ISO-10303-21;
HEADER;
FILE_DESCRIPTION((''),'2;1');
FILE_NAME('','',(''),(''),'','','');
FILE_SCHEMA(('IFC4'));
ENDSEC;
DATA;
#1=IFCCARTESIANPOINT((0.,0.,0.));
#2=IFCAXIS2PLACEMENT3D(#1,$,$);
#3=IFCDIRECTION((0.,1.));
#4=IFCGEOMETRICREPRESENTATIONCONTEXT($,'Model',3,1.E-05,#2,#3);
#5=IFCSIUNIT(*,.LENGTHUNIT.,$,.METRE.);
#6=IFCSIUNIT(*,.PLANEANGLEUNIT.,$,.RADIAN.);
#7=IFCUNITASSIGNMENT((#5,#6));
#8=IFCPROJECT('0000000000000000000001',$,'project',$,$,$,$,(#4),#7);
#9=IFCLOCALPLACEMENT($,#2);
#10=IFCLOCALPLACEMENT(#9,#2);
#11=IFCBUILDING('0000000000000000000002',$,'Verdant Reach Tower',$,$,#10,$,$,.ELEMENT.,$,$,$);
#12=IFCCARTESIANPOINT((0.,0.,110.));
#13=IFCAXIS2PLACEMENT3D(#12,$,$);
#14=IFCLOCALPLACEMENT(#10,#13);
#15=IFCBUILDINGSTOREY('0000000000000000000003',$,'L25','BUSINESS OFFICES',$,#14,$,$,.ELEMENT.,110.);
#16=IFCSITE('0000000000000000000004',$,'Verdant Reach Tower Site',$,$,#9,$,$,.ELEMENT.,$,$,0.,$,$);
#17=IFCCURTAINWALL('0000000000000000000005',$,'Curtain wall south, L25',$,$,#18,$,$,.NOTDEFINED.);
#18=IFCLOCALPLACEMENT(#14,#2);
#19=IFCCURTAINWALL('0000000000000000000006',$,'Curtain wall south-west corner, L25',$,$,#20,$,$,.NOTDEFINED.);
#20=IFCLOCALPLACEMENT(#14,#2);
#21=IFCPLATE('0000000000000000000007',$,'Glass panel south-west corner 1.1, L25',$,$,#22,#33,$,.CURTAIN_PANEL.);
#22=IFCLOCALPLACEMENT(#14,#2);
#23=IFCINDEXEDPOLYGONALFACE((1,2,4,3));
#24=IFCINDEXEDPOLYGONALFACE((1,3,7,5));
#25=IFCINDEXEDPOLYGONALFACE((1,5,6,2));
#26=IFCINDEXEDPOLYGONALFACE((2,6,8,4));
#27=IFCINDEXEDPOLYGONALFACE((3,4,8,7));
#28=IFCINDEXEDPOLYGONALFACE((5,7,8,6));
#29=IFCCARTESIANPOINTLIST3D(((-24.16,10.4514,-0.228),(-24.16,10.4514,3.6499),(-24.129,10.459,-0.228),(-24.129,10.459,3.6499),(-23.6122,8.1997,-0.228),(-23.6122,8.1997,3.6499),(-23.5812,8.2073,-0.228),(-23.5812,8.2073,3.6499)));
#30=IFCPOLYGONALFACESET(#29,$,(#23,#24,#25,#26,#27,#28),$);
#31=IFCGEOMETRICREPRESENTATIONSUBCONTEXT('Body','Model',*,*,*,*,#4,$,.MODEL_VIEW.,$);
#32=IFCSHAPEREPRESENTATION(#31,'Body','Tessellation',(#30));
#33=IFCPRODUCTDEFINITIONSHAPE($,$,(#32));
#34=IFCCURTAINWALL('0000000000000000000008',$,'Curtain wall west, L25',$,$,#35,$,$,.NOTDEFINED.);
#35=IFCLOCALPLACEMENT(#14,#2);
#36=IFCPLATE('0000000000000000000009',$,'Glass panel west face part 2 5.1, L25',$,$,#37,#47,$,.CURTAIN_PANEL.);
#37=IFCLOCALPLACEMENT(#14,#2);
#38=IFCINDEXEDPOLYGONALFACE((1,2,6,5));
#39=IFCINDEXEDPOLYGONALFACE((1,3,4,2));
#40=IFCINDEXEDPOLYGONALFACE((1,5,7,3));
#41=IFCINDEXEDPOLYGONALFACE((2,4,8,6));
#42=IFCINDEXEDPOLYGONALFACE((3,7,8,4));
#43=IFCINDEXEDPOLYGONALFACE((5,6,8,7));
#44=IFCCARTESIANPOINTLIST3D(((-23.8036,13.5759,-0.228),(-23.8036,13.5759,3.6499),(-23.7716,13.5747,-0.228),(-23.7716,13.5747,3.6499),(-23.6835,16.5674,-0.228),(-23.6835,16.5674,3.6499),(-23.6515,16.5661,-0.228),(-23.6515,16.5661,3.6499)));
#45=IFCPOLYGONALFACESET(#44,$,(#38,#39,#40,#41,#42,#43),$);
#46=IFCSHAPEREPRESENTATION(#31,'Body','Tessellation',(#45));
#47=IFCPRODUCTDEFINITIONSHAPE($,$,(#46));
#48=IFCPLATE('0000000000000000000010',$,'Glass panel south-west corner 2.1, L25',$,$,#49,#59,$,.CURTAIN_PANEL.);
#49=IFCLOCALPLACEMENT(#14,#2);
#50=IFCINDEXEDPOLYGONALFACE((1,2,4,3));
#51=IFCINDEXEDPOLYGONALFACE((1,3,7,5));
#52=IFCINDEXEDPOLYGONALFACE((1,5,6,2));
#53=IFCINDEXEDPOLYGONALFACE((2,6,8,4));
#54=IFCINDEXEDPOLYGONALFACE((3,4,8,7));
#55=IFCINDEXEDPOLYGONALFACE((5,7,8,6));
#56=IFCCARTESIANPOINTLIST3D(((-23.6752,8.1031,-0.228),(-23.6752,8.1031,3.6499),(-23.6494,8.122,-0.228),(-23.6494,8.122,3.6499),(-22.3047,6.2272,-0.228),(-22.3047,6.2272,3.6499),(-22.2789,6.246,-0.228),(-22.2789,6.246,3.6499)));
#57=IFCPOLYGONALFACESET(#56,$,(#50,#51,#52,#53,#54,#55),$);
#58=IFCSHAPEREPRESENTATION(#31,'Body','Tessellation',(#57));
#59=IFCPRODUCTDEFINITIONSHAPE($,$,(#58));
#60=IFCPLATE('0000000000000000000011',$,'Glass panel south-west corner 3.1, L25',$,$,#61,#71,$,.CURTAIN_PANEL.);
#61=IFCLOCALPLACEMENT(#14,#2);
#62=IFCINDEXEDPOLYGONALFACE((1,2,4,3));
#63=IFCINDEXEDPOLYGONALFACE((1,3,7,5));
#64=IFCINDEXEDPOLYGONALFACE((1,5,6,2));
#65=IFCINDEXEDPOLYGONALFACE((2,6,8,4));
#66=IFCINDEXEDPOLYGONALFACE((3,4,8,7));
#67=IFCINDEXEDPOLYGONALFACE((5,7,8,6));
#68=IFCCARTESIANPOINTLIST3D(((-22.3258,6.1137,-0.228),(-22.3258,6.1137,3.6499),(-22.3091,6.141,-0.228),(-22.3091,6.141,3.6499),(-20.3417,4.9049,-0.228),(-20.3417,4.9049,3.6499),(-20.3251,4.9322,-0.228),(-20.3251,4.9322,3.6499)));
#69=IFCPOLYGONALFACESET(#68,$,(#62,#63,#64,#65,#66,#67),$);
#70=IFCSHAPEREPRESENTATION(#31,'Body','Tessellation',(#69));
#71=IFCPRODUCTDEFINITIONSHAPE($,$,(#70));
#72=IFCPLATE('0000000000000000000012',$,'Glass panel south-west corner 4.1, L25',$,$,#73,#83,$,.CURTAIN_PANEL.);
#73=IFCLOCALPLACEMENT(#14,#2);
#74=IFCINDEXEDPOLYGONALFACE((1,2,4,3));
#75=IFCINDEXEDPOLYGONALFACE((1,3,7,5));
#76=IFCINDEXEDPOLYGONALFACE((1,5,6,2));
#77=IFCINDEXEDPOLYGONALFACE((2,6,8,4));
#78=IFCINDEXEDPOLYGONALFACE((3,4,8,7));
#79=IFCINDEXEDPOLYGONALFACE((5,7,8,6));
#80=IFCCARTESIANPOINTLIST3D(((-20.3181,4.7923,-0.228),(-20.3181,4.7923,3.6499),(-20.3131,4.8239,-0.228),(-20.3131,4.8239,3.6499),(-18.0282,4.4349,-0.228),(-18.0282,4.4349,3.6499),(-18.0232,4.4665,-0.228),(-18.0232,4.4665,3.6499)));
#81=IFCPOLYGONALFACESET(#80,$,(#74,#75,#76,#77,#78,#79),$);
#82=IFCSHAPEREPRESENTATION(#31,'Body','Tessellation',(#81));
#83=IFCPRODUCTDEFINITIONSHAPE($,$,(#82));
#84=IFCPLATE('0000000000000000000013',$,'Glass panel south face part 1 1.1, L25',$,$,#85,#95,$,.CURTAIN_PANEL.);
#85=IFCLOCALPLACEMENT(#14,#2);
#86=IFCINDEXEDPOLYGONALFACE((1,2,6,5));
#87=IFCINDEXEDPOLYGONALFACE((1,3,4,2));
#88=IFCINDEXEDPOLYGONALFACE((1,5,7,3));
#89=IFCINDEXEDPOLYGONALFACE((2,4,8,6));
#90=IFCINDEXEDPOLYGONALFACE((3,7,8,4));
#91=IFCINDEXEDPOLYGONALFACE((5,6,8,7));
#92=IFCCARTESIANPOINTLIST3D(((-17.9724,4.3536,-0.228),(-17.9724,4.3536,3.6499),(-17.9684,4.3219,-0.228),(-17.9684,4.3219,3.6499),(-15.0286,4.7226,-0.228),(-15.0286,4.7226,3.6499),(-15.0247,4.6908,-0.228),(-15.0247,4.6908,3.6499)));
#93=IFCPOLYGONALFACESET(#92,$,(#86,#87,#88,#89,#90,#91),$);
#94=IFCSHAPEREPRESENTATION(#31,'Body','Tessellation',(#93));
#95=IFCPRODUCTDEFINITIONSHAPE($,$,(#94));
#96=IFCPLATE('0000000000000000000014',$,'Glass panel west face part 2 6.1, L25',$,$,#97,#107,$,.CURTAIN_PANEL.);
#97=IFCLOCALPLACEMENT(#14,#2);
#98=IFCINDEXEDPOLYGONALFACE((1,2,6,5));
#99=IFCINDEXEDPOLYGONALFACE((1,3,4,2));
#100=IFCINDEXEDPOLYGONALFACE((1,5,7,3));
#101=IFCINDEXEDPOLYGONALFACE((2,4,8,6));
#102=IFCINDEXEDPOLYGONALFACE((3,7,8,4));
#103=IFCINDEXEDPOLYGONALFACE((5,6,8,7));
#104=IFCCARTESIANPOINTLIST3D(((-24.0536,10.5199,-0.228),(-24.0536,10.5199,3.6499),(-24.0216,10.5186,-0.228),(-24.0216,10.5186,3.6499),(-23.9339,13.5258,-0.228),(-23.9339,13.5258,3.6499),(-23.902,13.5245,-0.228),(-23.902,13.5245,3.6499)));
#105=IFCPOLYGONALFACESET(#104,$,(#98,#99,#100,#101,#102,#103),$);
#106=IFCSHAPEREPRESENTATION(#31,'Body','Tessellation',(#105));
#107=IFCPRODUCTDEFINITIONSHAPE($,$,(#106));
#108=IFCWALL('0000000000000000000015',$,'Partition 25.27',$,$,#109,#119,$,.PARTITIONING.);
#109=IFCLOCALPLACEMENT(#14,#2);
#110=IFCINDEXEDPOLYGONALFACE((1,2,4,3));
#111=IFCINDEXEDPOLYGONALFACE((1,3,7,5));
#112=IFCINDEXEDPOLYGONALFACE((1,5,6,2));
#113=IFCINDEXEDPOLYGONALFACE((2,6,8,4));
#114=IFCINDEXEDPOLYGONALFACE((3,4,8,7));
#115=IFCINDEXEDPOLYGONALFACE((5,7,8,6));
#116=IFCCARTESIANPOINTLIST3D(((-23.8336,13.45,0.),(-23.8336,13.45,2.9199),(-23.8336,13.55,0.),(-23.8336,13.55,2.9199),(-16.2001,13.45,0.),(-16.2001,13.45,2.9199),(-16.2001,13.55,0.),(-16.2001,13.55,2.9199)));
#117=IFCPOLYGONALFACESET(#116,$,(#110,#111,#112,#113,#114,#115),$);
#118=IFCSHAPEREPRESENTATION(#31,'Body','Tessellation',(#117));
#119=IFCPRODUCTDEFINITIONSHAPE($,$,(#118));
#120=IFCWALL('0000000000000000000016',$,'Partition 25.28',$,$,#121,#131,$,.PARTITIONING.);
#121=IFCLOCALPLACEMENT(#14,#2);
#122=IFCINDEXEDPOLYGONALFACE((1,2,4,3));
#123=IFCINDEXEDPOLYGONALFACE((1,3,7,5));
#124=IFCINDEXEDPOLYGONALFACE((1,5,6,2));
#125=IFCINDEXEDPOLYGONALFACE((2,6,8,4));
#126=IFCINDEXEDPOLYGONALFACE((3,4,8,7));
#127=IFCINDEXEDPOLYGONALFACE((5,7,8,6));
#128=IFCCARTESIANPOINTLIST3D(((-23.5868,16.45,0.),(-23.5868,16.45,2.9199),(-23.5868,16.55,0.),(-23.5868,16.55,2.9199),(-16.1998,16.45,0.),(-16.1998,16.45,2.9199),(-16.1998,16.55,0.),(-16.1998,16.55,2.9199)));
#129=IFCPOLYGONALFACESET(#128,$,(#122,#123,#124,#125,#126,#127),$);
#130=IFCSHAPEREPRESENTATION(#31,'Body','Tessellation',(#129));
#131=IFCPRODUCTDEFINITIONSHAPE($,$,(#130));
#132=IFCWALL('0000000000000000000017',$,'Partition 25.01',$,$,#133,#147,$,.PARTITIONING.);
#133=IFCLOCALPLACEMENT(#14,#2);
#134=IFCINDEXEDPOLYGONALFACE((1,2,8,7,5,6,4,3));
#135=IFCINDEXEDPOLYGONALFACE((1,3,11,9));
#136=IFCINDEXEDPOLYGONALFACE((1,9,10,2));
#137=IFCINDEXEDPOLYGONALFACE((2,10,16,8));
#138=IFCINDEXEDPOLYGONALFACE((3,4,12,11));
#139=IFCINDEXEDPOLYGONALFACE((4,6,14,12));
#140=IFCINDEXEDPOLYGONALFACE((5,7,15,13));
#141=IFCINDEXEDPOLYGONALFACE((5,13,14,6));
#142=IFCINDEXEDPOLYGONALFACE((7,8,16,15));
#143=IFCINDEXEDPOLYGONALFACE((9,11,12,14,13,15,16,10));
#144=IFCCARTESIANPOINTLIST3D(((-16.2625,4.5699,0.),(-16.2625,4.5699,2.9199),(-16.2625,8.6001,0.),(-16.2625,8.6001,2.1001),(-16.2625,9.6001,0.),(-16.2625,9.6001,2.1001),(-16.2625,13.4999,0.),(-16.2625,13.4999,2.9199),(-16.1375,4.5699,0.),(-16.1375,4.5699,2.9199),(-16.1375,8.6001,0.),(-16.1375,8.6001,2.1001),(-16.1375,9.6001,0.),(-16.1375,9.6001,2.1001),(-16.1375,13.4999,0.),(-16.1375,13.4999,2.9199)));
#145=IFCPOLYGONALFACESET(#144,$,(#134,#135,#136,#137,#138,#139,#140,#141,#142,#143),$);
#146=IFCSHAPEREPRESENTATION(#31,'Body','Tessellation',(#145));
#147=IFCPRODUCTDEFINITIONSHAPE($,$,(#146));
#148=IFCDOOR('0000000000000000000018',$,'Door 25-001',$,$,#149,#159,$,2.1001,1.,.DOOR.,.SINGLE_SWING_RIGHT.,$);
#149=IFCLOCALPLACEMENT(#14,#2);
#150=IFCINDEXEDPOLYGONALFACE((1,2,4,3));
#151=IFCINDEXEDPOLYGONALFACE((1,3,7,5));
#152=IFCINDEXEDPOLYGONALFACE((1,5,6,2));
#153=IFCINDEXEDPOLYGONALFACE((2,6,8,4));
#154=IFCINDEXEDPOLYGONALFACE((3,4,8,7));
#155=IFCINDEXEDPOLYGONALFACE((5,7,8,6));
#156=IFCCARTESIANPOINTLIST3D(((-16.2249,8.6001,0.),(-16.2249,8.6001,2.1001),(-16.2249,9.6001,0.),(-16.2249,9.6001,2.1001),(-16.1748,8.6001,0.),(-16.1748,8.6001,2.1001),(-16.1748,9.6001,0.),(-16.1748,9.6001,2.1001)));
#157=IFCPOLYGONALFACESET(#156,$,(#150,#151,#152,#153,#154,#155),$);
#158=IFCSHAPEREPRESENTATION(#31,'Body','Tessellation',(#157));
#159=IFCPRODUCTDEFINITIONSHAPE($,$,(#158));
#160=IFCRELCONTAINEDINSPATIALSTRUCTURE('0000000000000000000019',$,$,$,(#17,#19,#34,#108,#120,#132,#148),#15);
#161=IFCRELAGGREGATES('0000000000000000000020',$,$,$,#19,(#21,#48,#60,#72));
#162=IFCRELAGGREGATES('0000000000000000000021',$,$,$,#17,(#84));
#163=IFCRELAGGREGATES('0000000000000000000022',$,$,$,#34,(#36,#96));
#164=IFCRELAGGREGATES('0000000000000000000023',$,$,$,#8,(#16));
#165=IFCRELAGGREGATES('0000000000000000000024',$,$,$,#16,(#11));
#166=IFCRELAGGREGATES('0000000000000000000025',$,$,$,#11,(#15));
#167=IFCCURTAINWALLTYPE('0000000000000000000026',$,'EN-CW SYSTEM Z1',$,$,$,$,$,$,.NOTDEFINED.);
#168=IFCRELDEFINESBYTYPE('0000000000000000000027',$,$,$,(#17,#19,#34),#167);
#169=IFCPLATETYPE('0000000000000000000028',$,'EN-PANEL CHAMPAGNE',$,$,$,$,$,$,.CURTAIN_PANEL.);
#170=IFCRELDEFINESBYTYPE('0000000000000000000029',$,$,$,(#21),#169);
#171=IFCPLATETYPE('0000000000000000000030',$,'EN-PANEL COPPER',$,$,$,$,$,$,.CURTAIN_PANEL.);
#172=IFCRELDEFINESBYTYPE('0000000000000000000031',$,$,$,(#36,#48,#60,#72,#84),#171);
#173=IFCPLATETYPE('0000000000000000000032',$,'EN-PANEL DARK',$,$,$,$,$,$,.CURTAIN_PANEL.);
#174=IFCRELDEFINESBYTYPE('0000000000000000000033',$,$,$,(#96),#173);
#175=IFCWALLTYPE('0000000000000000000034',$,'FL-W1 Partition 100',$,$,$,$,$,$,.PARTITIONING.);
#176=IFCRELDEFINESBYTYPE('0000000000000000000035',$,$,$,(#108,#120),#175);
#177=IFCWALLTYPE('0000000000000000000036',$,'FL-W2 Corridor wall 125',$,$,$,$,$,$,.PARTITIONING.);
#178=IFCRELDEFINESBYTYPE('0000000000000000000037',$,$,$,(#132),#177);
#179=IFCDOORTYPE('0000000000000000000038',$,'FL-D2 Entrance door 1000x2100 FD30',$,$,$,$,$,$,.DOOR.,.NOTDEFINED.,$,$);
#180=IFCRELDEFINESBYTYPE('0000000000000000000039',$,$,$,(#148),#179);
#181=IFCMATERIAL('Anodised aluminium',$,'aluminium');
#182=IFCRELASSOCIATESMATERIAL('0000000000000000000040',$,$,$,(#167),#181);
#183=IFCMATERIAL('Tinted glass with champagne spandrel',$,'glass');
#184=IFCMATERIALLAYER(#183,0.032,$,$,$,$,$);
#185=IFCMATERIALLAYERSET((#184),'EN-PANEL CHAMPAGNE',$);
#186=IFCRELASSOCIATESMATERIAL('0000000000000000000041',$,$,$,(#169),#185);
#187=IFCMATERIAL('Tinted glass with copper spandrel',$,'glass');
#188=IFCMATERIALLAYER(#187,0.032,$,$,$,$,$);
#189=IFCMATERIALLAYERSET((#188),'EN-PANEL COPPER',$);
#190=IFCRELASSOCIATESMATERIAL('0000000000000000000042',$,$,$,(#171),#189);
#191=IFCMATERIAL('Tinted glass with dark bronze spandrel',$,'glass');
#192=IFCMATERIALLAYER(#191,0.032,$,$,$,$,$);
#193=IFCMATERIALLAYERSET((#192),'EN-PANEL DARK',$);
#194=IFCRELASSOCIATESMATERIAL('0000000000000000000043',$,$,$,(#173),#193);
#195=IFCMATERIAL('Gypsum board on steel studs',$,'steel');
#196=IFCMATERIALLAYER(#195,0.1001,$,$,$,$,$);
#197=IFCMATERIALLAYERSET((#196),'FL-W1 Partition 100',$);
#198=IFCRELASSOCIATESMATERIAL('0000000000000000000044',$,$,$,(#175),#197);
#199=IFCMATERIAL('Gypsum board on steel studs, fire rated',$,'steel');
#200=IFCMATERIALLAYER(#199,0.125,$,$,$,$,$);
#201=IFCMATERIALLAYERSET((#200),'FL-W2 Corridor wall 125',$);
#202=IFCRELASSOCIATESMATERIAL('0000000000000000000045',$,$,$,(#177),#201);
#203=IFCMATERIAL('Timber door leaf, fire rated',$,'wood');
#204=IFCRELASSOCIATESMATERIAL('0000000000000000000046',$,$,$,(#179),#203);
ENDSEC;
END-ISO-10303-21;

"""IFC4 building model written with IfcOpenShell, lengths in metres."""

from ifc_helpers import new_model, si_unit, direction, frame, frame_2d, origin, origin_2d, place, context, subcontext, project, spatial, rectangle, extrude, material, layer, layer_set, type_object, element, fill, aggregate, save


model = new_model("IFC4")

# Units and contexts
model_context = context("Model", 3, precision=1e-05, world=origin(), true_north=direction((0.0, 1.0)))
body_context = subcontext(model_context, "Body", "Model", "MODEL_VIEW")
ifc_project = project(units=[si_unit("LENGTHUNIT", "METRE"), si_unit("PLANEANGLEUNIT", "RADIAN")], contexts=[model_context])

# Site, building, storey
site_placement = place(None, origin())
site = spatial("IfcSite", under=ifc_project, at=site_placement, Name="Verdant Reach Tower Site", CompositionType="ELEMENT", RefElevation=0.0)
building_placement = place(site_placement, origin())
building = spatial("IfcBuilding", under=site, at=building_placement, Name="Verdant Reach Tower", CompositionType="ELEMENT")
storey_placement = place(building_placement, frame((0.0, 0.0, 110.0)))
storey = spatial("IfcBuildingStorey", under=building, at=storey_placement, Name="L25", Description="BUSINESS OFFICES", CompositionType="ELEMENT", Elevation=110.0)

# Curtain wall
ifc_material_1 = material(Name="Anodised aluminium", Category="aluminium")
curtain_wall_type = type_object("IfcCurtainWallType", Name="EN-CW SYSTEM Z1", PredefinedType="NOTDEFINED", material=ifc_material_1)
curtain_wall_1_placement = place(storey_placement, origin())
curtain_wall_1 = element("IfcCurtainWall", 1, at=curtain_wall_1_placement, inside=storey, type_object=curtain_wall_type, Name="Curtain wall south, L25", PredefinedType="NOTDEFINED")

# Curtain walls, plates
curtain_wall_2_placement = place(storey_placement, origin())
curtain_wall_2 = element("IfcCurtainWall", 2, at=curtain_wall_2_placement, inside=storey, type_object=curtain_wall_type, Name="Curtain wall south-west corner, L25", PredefinedType="NOTDEFINED")
ifc_material_2 = material(Name="Tinted glass with champagne spandrel", Category="glass")
ifc_layer_1 = layer(ifc_material_2, 0.032)
ifc_layer_set_1 = layer_set([ifc_layer_1], Name="EN-PANEL CHAMPAGNE")
plate_type_1 = type_object("IfcPlateType", Name="EN-PANEL CHAMPAGNE", PredefinedType="CURTAIN_PANEL", material=ifc_layer_set_1)
plate_1_placement = place(storey_placement, frame((-23.8706, 9.3293, -0.228), z_axis=(0.0, 0.0, 1.0), x_axis=(0.236383, -0.97166, 0.0)))
plate_1 = element("IfcPlate", 3, at=plate_1_placement, type_object=plate_type_1, Name="Glass panel south-west corner 1.1, L25", PredefinedType="CURTAIN_PANEL", context=body_context, shape_type="SweptSolid", body=[
    extrude(rectangle(XDim=2.3174, YDim=0.032, at=origin_2d()), origin(), (0.0, 0.0, 1.0), 3.8779),
])
curtain_wall_3_placement = place(storey_placement, origin())
curtain_wall_3 = element("IfcCurtainWall", 4, at=curtain_wall_3_placement, inside=storey, type_object=curtain_wall_type, Name="Curtain wall west, L25", PredefinedType="NOTDEFINED")
ifc_material_3 = material(Name="Tinted glass with copper spandrel", Category="glass")
ifc_layer_2 = layer(ifc_material_3, 0.032)
ifc_layer_set_2 = layer_set([ifc_layer_2], Name="EN-PANEL COPPER")
plate_type_2 = type_object("IfcPlateType", Name="EN-PANEL COPPER", PredefinedType="CURTAIN_PANEL", material=ifc_layer_set_2)
plate_2_placement = place(storey_placement, frame((-23.7275, 15.071, -0.228), z_axis=(0.0, 0.0, 1.0), x_axis=(-0.040109, -0.999195, 0.0)))
plate_2 = element("IfcPlate", 5, at=plate_2_placement, type_object=plate_type_2, Name="Glass panel west face part 2 5.1, L25", PredefinedType="CURTAIN_PANEL", context=body_context, shape_type="SweptSolid", body=[
    extrude(rectangle(XDim=2.9939, YDim=0.032, at=origin_2d()), origin(), (0.0, 0.0, 1.0), 3.8779),
])

# Plates
plate_3_placement = place(storey_placement, frame((-22.9771, 7.1746, -0.228), z_axis=(0.0, 0.0, 1.0), x_axis=(0.589927, -0.807457, 0.0)))
plate_3 = element("IfcPlate", 6, at=plate_3_placement, type_object=plate_type_2, Name="Glass panel south-west corner 2.1, L25", PredefinedType="CURTAIN_PANEL", context=body_context, shape_type="SweptSolid", body=[
    extrude(rectangle(XDim=2.3232, YDim=0.032, at=origin_2d()), origin(), (0.0, 0.0, 1.0), 3.8779),
])
plate_4_placement = place(storey_placement, frame((-21.3254, 5.5229, -0.228), z_axis=(0.0, 0.0, 1.0), x_axis=(0.853989, -0.520292, 0.0)))
plate_4 = element("IfcPlate", 7, at=plate_4_placement, type_object=plate_type_2, Name="Glass panel south-west corner 3.1, L25", PredefinedType="CURTAIN_PANEL", context=body_context, shape_type="SweptSolid", body=[
    extrude(rectangle(XDim=2.3232, YDim=0.032, at=origin_2d()), origin(), (0.0, 0.0, 1.0), 3.8779),
])
plate_5_placement = place(storey_placement, frame((-19.1707, 4.6294, -0.228), z_axis=(0.0, 0.0, 1.0), x_axis=(0.988033, -0.154245, 0.0)))
plate_5 = element("IfcPlate", 8, at=plate_5_placement, type_object=plate_type_2, Name="Glass panel south-west corner 4.1, L25", PredefinedType="CURTAIN_PANEL", context=body_context, shape_type="SweptSolid", body=[
    extrude(rectangle(XDim=2.3176, YDim=0.032, at=origin_2d()), origin(), (0.0, 0.0, 1.0), 3.8779),
])
aggregate(curtain_wall_2, [plate_1, plate_3, plate_4, plate_5])
plate_6_placement = place(storey_placement, frame((-16.4985, 4.5222, -0.228), z_axis=(0.0, 0.0, 1.0), x_axis=(0.992235, 0.124374, 0.0)))
plate_6 = element("IfcPlate", 9, at=plate_6_placement, type_object=plate_type_2, Name="Glass panel south face part 1 1.1, L25", PredefinedType="CURTAIN_PANEL", context=body_context, shape_type="SweptSolid", body=[
    extrude(rectangle(XDim=2.9668, YDim=0.032, at=origin_2d()), origin(), (0.0, 0.0, 1.0), 3.8779),
])
aggregate(curtain_wall_1, [plate_6])
ifc_material_4 = material(Name="Tinted glass with dark bronze spandrel", Category="glass")
ifc_layer_3 = layer(ifc_material_4, 0.032)
ifc_layer_set_3 = layer_set([ifc_layer_3], Name="EN-PANEL DARK")
plate_type_3 = type_object("IfcPlateType", Name="EN-PANEL DARK", PredefinedType="CURTAIN_PANEL", material=ifc_layer_set_3)
plate_7_placement = place(storey_placement, frame((-23.9778, 12.0222, -0.228), z_axis=(0.0, 0.0, 1.0), x_axis=(-0.039784, -0.999208, 0.0)))
plate_7 = element("IfcPlate", 10, at=plate_7_placement, type_object=plate_type_3, Name="Glass panel west face part 2 6.1, L25", PredefinedType="CURTAIN_PANEL", context=body_context, shape_type="SweptSolid", body=[
    extrude(rectangle(XDim=3.0083, YDim=0.032, at=origin_2d()), origin(), (0.0, 0.0, 1.0), 3.8779),
])
aggregate(curtain_wall_3, [plate_2, plate_7])

# Walls
ifc_material_5 = material(Name="Gypsum board on steel studs", Category="steel")
ifc_layer_4 = layer(ifc_material_5, 0.1001)
ifc_layer_set_4 = layer_set([ifc_layer_4], Name="FL-W1 Partition 100")
wall_type_1 = type_object("IfcWallType", Name="FL-W1 Partition 100", PredefinedType="PARTITIONING", material=ifc_layer_set_4)
wall_1_placement = place(storey_placement, frame((-16.2, 13.5, 0.0), z_axis=(0.0, 0.0, 1.0), x_axis=(-1.0, 0.0, 0.0)))
element("IfcWall", 11, at=wall_1_placement, inside=storey, type_object=wall_type_1, Name="Partition 25.27", PredefinedType="PARTITIONING", context=body_context, shape_type="SweptSolid", body=[
    extrude(rectangle(XDim=7.6335, YDim=0.1001, at=frame_2d((3.8169, 0.0))), origin(), (0.0, 0.0, 1.0), 2.9199),
])
wall_2_placement = place(storey_placement, frame((-16.2, 16.5, 0.0), z_axis=(0.0, 0.0, 1.0), x_axis=(-1.0, 0.0, 0.0)))
element("IfcWall", 12, at=wall_2_placement, inside=storey, type_object=wall_type_1, Name="Partition 25.28", PredefinedType="PARTITIONING", context=body_context, shape_type="SweptSolid", body=[
    extrude(rectangle(XDim=7.387, YDim=0.1001, at=frame_2d((3.6934, 0.0))), origin(), (0.0, 0.0, 1.0), 2.9199),
])

# Wall, opening, door
ifc_material_6 = material(Name="Gypsum board on steel studs, fire rated", Category="steel")
ifc_layer_5 = layer(ifc_material_6, 0.125)
ifc_layer_set_5 = layer_set([ifc_layer_5], Name="FL-W2 Corridor wall 125")
wall_type_2 = type_object("IfcWallType", Name="FL-W2 Corridor wall 125", PredefinedType="PARTITIONING", material=ifc_layer_set_5)
wall_3_placement = place(storey_placement, frame((-16.2, 4.5701, 0.0), z_axis=(0.0, 0.0, 1.0), x_axis=(0.0, 1.0, 0.0)))
wall_3 = element("IfcWall", 13, at=wall_3_placement, inside=storey, type_object=wall_type_2, Name="Partition 25.01", PredefinedType="PARTITIONING", context=body_context, shape_type="SweptSolid", body=[
    extrude(rectangle(XDim=8.9299, YDim=0.125, at=frame_2d((4.4648, 0.0))), origin(), (0.0, 0.0, 1.0), 2.9199),
])
opening_1_placement = place(wall_3_placement, frame((4.03, 0.0, 0.0)))
opening_1 = element("IfcOpeningElement", 14, at=opening_1_placement, cuts=wall_3, PredefinedType="OPENING", context=body_context, shape_type="SweptSolid", body=[
    extrude(rectangle(XDim=1.0, YDim=2.1001, at=frame_2d((0.5, 1.05))), frame((0.0, 0.0725, 0.0), z_axis=(0.0, -1.0, 0.0), x_axis=(1.0, 0.0, 0.0)), (0.0, 0.0, 1.0), 0.145),
])
ifc_material_7 = material(Name="Timber door leaf, fire rated", Category="wood")
door_type_1 = type_object("IfcDoorType", Name="FL-D2 Entrance door 1000x2100 FD30", OperationType="NOTDEFINED", PredefinedType="DOOR", material=ifc_material_7)
door_1_placement = place(opening_1_placement, origin())
door_1 = element("IfcDoor", 15, at=door_1_placement, inside=storey, type_object=door_type_1, Name="Door 25-001", OperationType="SINGLE_SWING_RIGHT", OverallHeight=2.1001, OverallWidth=1.0, PredefinedType="DOOR", context=body_context, shape_type="SweptSolid", body=[
    extrude(rectangle(XDim=1.0, YDim=2.1001, at=frame_2d((0.5, 1.05))), frame((0.0, 0.0249, 0.0), z_axis=(0.0, -1.0, 0.0), x_axis=(1.0, 0.0, 0.0)), (0.0, 0.0, 1.0), 0.05),
])
fill(opening_1, door_1)

save(model, "model.ifc")
